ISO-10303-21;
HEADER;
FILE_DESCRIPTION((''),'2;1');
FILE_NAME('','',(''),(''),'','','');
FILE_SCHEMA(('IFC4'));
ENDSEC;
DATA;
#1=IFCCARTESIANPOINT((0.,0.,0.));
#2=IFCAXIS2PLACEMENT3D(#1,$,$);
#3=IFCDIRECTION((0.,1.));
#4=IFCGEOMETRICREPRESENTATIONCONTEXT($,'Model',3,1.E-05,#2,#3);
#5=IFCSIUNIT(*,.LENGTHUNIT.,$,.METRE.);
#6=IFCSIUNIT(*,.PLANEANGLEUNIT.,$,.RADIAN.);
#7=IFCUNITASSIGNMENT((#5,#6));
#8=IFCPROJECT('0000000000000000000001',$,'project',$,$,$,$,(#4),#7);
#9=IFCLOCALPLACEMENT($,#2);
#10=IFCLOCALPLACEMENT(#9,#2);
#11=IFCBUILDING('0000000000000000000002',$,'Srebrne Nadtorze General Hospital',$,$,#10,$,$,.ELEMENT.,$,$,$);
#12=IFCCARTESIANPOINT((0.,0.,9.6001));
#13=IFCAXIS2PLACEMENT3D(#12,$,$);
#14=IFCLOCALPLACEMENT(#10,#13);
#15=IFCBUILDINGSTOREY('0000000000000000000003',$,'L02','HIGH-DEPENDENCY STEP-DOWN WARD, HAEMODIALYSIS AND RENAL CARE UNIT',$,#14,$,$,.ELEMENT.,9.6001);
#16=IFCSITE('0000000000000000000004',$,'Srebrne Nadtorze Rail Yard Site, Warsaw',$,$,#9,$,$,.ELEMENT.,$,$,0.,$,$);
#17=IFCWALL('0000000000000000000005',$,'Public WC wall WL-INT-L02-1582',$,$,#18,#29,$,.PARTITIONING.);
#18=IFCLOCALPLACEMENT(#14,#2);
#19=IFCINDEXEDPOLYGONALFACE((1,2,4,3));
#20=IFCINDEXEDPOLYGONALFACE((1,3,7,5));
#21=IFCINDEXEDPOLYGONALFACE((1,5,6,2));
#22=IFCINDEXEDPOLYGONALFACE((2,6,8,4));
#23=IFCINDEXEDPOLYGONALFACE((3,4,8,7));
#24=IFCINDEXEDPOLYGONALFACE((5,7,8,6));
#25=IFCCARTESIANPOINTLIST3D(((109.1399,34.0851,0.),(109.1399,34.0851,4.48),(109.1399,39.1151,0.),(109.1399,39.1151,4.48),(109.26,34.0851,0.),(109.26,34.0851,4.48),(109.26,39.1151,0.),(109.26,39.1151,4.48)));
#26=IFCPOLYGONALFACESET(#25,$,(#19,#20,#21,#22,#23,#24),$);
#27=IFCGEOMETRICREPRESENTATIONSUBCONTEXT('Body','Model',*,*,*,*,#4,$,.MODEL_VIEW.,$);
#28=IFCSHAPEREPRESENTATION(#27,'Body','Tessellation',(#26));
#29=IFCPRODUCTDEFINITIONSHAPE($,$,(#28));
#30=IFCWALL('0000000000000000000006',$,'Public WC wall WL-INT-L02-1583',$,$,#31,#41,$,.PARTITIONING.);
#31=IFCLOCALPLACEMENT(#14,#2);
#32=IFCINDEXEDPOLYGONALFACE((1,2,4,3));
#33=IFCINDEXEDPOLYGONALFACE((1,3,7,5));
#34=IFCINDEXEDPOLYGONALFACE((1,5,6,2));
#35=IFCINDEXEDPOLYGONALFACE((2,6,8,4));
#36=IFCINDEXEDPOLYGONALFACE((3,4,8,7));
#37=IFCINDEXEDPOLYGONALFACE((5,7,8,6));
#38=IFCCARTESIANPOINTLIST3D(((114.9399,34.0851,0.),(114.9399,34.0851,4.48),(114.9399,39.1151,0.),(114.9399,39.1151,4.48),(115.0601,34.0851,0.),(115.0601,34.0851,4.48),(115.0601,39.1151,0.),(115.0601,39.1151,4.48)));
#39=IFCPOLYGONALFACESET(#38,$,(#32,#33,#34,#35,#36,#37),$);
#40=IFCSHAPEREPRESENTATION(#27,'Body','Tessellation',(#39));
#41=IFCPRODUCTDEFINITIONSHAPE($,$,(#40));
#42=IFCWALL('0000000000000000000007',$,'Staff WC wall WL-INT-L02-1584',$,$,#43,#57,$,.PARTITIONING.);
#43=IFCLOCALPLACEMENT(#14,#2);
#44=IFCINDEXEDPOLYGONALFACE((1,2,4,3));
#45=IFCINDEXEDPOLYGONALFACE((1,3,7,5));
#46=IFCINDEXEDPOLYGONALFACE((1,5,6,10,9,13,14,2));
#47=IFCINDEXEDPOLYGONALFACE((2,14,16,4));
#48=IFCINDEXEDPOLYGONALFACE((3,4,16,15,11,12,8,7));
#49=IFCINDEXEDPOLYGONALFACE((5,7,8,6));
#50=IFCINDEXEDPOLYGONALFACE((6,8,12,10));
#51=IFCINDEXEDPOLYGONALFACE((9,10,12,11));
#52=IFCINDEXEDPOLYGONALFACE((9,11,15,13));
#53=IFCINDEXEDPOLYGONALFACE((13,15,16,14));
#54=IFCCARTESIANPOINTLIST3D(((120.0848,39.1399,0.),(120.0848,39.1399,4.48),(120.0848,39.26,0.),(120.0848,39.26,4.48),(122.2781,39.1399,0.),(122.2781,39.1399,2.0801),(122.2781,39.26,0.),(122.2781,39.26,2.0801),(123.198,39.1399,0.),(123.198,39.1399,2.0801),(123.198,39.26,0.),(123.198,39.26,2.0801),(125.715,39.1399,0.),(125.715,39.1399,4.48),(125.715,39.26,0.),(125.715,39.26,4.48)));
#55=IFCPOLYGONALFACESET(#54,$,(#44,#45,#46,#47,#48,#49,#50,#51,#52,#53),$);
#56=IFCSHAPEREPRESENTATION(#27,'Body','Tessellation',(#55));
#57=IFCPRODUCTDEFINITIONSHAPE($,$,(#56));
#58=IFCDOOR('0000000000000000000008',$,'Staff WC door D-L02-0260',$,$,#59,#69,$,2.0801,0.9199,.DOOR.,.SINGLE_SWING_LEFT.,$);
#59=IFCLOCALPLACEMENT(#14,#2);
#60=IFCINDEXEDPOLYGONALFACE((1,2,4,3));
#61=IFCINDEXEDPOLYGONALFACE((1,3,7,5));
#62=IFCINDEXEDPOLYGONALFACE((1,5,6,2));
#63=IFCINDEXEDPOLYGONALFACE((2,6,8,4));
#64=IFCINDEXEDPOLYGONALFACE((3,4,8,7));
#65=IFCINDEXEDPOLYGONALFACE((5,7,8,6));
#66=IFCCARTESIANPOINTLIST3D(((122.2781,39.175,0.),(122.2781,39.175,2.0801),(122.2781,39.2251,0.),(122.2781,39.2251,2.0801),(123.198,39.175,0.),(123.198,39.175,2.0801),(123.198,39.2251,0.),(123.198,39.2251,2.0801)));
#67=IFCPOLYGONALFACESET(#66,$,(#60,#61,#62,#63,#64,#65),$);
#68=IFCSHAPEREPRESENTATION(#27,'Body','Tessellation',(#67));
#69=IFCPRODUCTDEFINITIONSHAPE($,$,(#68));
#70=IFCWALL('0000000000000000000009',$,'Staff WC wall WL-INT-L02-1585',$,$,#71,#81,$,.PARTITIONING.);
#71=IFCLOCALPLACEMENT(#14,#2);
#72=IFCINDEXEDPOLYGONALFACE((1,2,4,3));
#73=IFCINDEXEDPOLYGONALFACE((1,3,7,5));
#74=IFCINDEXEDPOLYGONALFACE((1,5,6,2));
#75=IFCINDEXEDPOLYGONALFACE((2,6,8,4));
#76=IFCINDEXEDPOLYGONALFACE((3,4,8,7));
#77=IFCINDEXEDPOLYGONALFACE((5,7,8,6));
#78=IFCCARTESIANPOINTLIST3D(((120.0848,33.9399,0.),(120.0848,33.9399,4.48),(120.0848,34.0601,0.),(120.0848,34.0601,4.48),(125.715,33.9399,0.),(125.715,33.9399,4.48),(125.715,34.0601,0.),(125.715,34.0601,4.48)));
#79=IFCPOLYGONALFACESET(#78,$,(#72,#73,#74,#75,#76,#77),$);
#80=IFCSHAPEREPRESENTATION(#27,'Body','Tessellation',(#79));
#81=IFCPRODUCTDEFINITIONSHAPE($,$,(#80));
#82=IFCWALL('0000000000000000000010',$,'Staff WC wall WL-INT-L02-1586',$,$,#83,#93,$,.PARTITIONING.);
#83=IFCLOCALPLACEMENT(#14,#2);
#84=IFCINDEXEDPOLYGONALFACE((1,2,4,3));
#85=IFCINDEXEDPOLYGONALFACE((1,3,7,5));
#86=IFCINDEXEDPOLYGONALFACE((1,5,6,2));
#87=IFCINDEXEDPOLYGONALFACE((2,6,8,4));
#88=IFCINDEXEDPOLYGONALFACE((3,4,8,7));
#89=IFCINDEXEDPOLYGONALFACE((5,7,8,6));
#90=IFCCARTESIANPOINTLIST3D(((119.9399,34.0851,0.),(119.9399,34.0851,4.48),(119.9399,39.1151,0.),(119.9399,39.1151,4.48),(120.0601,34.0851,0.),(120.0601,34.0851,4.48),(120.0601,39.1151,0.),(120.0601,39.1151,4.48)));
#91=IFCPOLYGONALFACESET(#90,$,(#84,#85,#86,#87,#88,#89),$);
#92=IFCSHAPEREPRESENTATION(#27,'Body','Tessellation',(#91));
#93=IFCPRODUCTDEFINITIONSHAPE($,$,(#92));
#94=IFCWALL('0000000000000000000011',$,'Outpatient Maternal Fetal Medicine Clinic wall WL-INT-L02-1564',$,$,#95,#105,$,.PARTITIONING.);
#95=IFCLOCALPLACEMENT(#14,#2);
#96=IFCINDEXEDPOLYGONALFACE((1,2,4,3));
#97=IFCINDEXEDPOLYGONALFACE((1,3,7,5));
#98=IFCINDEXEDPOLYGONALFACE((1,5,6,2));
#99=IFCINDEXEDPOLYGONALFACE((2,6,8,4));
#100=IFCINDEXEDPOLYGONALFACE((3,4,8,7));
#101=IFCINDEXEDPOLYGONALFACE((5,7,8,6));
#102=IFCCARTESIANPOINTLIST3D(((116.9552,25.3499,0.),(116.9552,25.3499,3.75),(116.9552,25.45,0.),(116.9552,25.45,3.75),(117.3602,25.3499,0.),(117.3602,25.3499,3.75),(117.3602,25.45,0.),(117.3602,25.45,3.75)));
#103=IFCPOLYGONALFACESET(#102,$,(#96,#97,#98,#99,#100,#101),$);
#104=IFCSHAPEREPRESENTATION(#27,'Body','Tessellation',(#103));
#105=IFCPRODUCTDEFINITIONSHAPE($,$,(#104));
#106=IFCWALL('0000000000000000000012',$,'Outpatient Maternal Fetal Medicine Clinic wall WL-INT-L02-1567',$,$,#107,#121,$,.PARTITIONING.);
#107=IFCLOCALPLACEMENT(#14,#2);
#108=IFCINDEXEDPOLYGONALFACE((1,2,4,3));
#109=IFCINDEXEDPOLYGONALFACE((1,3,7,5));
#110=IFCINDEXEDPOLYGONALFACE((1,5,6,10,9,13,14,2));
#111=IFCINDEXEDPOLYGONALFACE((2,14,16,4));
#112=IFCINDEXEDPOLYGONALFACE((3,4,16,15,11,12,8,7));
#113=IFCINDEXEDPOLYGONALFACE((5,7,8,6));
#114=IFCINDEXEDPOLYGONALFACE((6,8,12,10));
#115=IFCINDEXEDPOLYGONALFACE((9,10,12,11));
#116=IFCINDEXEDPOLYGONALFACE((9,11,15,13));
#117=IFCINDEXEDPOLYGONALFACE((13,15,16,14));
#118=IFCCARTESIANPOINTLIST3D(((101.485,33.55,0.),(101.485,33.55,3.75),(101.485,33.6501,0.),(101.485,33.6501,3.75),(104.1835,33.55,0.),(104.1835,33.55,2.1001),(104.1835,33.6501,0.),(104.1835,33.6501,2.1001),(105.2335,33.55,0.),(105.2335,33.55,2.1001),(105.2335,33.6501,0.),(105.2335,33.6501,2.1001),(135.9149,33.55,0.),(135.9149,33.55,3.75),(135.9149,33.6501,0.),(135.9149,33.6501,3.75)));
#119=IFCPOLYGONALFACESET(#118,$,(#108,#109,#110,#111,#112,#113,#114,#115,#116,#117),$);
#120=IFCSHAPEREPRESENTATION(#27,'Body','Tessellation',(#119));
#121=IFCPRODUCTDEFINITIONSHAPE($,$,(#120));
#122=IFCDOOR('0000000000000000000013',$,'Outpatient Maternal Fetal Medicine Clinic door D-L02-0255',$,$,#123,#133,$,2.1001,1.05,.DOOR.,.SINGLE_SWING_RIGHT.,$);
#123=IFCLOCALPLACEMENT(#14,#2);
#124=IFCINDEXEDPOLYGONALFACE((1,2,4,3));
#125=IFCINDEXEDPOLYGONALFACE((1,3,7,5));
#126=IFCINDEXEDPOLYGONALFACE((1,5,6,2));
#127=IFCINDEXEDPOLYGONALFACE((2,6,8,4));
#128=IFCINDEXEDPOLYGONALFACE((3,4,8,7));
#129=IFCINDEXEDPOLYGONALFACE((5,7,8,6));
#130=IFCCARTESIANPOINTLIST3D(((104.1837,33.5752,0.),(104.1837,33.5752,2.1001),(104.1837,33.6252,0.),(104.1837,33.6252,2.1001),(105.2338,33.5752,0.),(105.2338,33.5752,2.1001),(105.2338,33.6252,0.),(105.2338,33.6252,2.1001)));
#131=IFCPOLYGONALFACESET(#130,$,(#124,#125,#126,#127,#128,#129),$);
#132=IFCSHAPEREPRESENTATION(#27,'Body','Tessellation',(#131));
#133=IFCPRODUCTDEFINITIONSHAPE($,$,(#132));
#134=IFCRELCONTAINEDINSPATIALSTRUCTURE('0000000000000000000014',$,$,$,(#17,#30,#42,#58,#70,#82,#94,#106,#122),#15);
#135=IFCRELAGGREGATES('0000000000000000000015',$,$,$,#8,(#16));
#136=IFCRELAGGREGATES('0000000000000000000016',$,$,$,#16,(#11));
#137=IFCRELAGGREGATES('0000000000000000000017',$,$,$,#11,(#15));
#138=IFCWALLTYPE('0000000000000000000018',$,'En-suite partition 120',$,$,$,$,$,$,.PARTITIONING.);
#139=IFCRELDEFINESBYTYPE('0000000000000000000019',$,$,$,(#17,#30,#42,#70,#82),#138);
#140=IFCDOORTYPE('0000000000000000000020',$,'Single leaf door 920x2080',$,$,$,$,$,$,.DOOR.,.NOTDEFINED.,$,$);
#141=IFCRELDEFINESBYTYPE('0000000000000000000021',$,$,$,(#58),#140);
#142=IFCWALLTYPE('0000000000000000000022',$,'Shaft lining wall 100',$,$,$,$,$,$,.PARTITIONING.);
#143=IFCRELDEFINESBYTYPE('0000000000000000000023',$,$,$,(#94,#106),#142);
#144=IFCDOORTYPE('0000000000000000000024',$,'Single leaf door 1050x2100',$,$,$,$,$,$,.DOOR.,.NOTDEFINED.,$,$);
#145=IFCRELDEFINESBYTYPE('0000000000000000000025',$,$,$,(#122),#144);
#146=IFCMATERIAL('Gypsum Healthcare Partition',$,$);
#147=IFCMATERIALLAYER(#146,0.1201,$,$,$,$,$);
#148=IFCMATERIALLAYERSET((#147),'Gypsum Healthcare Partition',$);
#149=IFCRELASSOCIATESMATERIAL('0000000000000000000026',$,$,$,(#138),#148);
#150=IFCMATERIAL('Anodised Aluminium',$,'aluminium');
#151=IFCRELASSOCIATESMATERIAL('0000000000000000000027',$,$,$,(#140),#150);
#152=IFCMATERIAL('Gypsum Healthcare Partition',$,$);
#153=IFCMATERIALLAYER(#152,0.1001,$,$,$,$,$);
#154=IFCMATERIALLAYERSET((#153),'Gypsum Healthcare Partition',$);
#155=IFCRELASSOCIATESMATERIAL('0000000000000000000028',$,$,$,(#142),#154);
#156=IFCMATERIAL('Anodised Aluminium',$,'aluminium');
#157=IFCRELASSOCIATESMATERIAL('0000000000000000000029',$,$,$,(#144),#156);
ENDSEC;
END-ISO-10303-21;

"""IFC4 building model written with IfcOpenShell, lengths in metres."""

from ifc_helpers import new_model, si_unit, direction, frame, frame_2d, origin, place, context, subcontext, project, spatial, rectangle, extrude, material, layer, layer_set, type_object, element, fill, save


model = new_model("IFC4")

# Units and contexts
model_context = context("Model", 3, precision=1e-05, world=origin(), true_north=direction((0.0, 1.0)))
body_context = subcontext(model_context, "Body", "Model", "MODEL_VIEW")
ifc_project = project(units=[si_unit("LENGTHUNIT", "METRE"), si_unit("PLANEANGLEUNIT", "RADIAN")], contexts=[model_context])

# Site, building, storey
site_placement = place(None, origin())
site = spatial("IfcSite", under=ifc_project, at=site_placement, Name="Srebrne Nadtorze Rail Yard Site, Warsaw", CompositionType="ELEMENT", RefElevation=0.0)
building_placement = place(site_placement, origin())
building = spatial("IfcBuilding", under=site, at=building_placement, Name="Srebrne Nadtorze General Hospital", CompositionType="ELEMENT")
storey_placement = place(building_placement, frame((0.0, 0.0, 9.6001)))
storey = spatial("IfcBuildingStorey", under=building, at=storey_placement, Name="L02", Description="HIGH-DEPENDENCY STEP-DOWN WARD, HAEMODIALYSIS AND RENAL CARE UNIT", CompositionType="ELEMENT", Elevation=9.6001)

# Shared definitions
ifc_material_1 = material(Name="Gypsum Healthcare Partition")
ifc_layer_1 = layer(ifc_material_1, 0.1201)
ifc_layer_set_1 = layer_set([ifc_layer_1], Name="Gypsum Healthcare Partition")
wall_type_1 = type_object("IfcWallType", Name="En-suite partition 120", PredefinedType="PARTITIONING", material=ifc_layer_set_1)

# Walls
for number, where, z_axis, x_axis, name in (
    (1, (109.2, 34.085, 0.0), (0.0, 0.0, 1.0), (0.0, 1.0, 0.0), "Public WC wall WL-INT-L02-1582"),
    (2, (115.0, 34.085, 0.0), (0.0, 0.0, 1.0), (0.0, 1.0, 0.0), "Public WC wall WL-INT-L02-1583"),
):
    element("IfcWall", number, at=place(storey_placement, frame(where, z_axis=z_axis, x_axis=x_axis)), inside=storey, type_object=wall_type_1, Name=name, PredefinedType="PARTITIONING", context=body_context, shape_type="SweptSolid", body=[
        extrude(rectangle(XDim=5.03, YDim=0.1201, at=frame_2d((2.5151, 0.0))), origin(), (0.0, 0.0, 1.0), 4.48),
    ])

# Wall, opening, door
wall_1_placement = place(storey_placement, frame((120.085, 39.2, 0.0), z_axis=(0.0, 0.0, 1.0), x_axis=(1.0, 0.0, 0.0)))
wall_1 = element("IfcWall", 3, at=wall_1_placement, inside=storey, type_object=wall_type_1, Name="Staff WC wall WL-INT-L02-1584", PredefinedType="PARTITIONING", context=body_context, shape_type="SweptSolid", body=[
    extrude(rectangle(XDim=5.6301, YDim=0.1201, at=frame_2d((2.8149, 0.0))), origin(), (0.0, 0.0, 1.0), 4.48),
])
opening_1_placement = place(wall_1_placement, frame((2.1931, 0.0, 0.0)))
opening_1 = element("IfcOpeningElement", 4, at=opening_1_placement, cuts=wall_1, PredefinedType="OPENING", context=body_context, shape_type="SweptSolid", body=[
    extrude(rectangle(XDim=0.9199, YDim=2.0801, at=frame_2d((0.46, 1.04))), frame((0.0, 0.072, 0.0), z_axis=(0.0, -1.0, 0.0), x_axis=(1.0, 0.0, 0.0)), (0.0, 0.0, 1.0), 0.144),
])
ifc_material_2 = material(Name="Anodised Aluminium", Category="aluminium")
door_type_1 = type_object("IfcDoorType", Name="Single leaf door 920x2080", OperationType="NOTDEFINED", PredefinedType="DOOR", material=ifc_material_2)
door_1_placement = place(opening_1_placement, frame((0.9199, 0.0, 0.0), z_axis=(0.0, 0.0, 1.0), x_axis=(-1.0, 0.0, 0.0)))
door_1 = element("IfcDoor", 5, at=door_1_placement, inside=storey, type_object=door_type_1, Name="Staff WC door D-L02-0260", OperationType="SINGLE_SWING_LEFT", OverallHeight=2.0801, OverallWidth=0.9199, PredefinedType="DOOR", context=body_context, shape_type="SweptSolid", body=[
    extrude(rectangle(XDim=0.9199, YDim=2.0801, at=frame_2d((0.46, 1.04))), frame((0.0, 0.0249, 0.0), z_axis=(0.0, -1.0, 0.0), x_axis=(1.0, 0.0, 0.0)), (0.0, 0.0, 1.0), 0.05),
])
fill(opening_1, door_1)

# Walls
wall_2_placement = place(storey_placement, frame((120.085, 34.0, 0.0), z_axis=(0.0, 0.0, 1.0), x_axis=(1.0, 0.0, 0.0)))
element("IfcWall", 6, at=wall_2_placement, inside=storey, type_object=wall_type_1, Name="Staff WC wall WL-INT-L02-1585", PredefinedType="PARTITIONING", context=body_context, shape_type="SweptSolid", body=[
    extrude(rectangle(XDim=5.6301, YDim=0.1201, at=frame_2d((2.8149, 0.0))), origin(), (0.0, 0.0, 1.0), 4.48),
])
wall_3_placement = place(storey_placement, frame((120.0, 34.085, 0.0), z_axis=(0.0, 0.0, 1.0), x_axis=(0.0, 1.0, 0.0)))
element("IfcWall", 7, at=wall_3_placement, inside=storey, type_object=wall_type_1, Name="Staff WC wall WL-INT-L02-1586", PredefinedType="PARTITIONING", context=body_context, shape_type="SweptSolid", body=[
    extrude(rectangle(XDim=5.03, YDim=0.1201, at=frame_2d((2.5151, 0.0))), origin(), (0.0, 0.0, 1.0), 4.48),
])
ifc_material_3 = material(Name="Gypsum Healthcare Partition")
ifc_layer_2 = layer(ifc_material_3, 0.1001)
ifc_layer_set_2 = layer_set([ifc_layer_2], Name="Gypsum Healthcare Partition")
wall_type_2 = type_object("IfcWallType", Name="Shaft lining wall 100", PredefinedType="PARTITIONING", material=ifc_layer_set_2)
wall_4_placement = place(storey_placement, frame((116.9551, 25.3999, 0.0), z_axis=(0.0, 0.0, 1.0), x_axis=(1.0, 0.0, 0.0)))
element("IfcWall", 8, at=wall_4_placement, inside=storey, type_object=wall_type_2, Name="Outpatient Maternal Fetal Medicine Clinic wall WL-INT-L02-1564", PredefinedType="PARTITIONING", context=body_context, shape_type="SweptSolid", body=[
    extrude(rectangle(XDim=0.405, YDim=0.1001, at=frame_2d((0.2026, 0.0))), origin(), (0.0, 0.0, 1.0), 3.75),
])

# Wall, opening, door
wall_5_placement = place(storey_placement, frame((101.4851, 33.6001, 0.0), z_axis=(0.0, 0.0, 1.0), x_axis=(1.0, 0.0, 0.0)))
wall_5 = element("IfcWall", 9, at=wall_5_placement, inside=storey, type_object=wall_type_2, Name="Outpatient Maternal Fetal Medicine Clinic wall WL-INT-L02-1567", PredefinedType="PARTITIONING", context=body_context, shape_type="SweptSolid", body=[
    extrude(rectangle(XDim=34.4299, YDim=0.1001, at=frame_2d((17.2148, 0.0))), origin(), (0.0, 0.0, 1.0), 3.75),
])
opening_2_placement = place(wall_5_placement, frame((2.6985, 0.0, 0.0)))
opening_2 = element("IfcOpeningElement", 10, at=opening_2_placement, cuts=wall_5, PredefinedType="OPENING", context=body_context, shape_type="SweptSolid", body=[
    extrude(rectangle(XDim=1.05, YDim=2.1001, at=frame_2d((0.5249, 1.05))), frame((0.0, 0.062, 0.0), z_axis=(0.0, -1.0, 0.0), x_axis=(1.0, 0.0, 0.0)), (0.0, 0.0, 1.0), 0.124),
])
ifc_material_4 = material(Name="Anodised Aluminium", Category="aluminium")
door_type_2 = type_object("IfcDoorType", Name="Single leaf door 1050x2100", OperationType="NOTDEFINED", PredefinedType="DOOR", material=ifc_material_4)
door_2_placement = place(opening_2_placement, frame((1.05, 0.0, 0.0), z_axis=(0.0, 0.0, 1.0), x_axis=(-1.0, 0.0, 0.0)))
door_2 = element("IfcDoor", 11, at=door_2_placement, inside=storey, type_object=door_type_2, Name="Outpatient Maternal Fetal Medicine Clinic door D-L02-0255", OperationType="SINGLE_SWING_RIGHT", OverallHeight=2.1001, OverallWidth=1.05, PredefinedType="DOOR", context=body_context, shape_type="SweptSolid", body=[
    extrude(rectangle(XDim=1.05, YDim=2.1001, at=frame_2d((0.5249, 1.05))), frame((0.0, 0.0249, 0.0), z_axis=(0.0, -1.0, 0.0), x_axis=(1.0, 0.0, 0.0)), (0.0, 0.0, 1.0), 0.05),
])
fill(opening_2, door_2)

save(model, "model.ifc")
